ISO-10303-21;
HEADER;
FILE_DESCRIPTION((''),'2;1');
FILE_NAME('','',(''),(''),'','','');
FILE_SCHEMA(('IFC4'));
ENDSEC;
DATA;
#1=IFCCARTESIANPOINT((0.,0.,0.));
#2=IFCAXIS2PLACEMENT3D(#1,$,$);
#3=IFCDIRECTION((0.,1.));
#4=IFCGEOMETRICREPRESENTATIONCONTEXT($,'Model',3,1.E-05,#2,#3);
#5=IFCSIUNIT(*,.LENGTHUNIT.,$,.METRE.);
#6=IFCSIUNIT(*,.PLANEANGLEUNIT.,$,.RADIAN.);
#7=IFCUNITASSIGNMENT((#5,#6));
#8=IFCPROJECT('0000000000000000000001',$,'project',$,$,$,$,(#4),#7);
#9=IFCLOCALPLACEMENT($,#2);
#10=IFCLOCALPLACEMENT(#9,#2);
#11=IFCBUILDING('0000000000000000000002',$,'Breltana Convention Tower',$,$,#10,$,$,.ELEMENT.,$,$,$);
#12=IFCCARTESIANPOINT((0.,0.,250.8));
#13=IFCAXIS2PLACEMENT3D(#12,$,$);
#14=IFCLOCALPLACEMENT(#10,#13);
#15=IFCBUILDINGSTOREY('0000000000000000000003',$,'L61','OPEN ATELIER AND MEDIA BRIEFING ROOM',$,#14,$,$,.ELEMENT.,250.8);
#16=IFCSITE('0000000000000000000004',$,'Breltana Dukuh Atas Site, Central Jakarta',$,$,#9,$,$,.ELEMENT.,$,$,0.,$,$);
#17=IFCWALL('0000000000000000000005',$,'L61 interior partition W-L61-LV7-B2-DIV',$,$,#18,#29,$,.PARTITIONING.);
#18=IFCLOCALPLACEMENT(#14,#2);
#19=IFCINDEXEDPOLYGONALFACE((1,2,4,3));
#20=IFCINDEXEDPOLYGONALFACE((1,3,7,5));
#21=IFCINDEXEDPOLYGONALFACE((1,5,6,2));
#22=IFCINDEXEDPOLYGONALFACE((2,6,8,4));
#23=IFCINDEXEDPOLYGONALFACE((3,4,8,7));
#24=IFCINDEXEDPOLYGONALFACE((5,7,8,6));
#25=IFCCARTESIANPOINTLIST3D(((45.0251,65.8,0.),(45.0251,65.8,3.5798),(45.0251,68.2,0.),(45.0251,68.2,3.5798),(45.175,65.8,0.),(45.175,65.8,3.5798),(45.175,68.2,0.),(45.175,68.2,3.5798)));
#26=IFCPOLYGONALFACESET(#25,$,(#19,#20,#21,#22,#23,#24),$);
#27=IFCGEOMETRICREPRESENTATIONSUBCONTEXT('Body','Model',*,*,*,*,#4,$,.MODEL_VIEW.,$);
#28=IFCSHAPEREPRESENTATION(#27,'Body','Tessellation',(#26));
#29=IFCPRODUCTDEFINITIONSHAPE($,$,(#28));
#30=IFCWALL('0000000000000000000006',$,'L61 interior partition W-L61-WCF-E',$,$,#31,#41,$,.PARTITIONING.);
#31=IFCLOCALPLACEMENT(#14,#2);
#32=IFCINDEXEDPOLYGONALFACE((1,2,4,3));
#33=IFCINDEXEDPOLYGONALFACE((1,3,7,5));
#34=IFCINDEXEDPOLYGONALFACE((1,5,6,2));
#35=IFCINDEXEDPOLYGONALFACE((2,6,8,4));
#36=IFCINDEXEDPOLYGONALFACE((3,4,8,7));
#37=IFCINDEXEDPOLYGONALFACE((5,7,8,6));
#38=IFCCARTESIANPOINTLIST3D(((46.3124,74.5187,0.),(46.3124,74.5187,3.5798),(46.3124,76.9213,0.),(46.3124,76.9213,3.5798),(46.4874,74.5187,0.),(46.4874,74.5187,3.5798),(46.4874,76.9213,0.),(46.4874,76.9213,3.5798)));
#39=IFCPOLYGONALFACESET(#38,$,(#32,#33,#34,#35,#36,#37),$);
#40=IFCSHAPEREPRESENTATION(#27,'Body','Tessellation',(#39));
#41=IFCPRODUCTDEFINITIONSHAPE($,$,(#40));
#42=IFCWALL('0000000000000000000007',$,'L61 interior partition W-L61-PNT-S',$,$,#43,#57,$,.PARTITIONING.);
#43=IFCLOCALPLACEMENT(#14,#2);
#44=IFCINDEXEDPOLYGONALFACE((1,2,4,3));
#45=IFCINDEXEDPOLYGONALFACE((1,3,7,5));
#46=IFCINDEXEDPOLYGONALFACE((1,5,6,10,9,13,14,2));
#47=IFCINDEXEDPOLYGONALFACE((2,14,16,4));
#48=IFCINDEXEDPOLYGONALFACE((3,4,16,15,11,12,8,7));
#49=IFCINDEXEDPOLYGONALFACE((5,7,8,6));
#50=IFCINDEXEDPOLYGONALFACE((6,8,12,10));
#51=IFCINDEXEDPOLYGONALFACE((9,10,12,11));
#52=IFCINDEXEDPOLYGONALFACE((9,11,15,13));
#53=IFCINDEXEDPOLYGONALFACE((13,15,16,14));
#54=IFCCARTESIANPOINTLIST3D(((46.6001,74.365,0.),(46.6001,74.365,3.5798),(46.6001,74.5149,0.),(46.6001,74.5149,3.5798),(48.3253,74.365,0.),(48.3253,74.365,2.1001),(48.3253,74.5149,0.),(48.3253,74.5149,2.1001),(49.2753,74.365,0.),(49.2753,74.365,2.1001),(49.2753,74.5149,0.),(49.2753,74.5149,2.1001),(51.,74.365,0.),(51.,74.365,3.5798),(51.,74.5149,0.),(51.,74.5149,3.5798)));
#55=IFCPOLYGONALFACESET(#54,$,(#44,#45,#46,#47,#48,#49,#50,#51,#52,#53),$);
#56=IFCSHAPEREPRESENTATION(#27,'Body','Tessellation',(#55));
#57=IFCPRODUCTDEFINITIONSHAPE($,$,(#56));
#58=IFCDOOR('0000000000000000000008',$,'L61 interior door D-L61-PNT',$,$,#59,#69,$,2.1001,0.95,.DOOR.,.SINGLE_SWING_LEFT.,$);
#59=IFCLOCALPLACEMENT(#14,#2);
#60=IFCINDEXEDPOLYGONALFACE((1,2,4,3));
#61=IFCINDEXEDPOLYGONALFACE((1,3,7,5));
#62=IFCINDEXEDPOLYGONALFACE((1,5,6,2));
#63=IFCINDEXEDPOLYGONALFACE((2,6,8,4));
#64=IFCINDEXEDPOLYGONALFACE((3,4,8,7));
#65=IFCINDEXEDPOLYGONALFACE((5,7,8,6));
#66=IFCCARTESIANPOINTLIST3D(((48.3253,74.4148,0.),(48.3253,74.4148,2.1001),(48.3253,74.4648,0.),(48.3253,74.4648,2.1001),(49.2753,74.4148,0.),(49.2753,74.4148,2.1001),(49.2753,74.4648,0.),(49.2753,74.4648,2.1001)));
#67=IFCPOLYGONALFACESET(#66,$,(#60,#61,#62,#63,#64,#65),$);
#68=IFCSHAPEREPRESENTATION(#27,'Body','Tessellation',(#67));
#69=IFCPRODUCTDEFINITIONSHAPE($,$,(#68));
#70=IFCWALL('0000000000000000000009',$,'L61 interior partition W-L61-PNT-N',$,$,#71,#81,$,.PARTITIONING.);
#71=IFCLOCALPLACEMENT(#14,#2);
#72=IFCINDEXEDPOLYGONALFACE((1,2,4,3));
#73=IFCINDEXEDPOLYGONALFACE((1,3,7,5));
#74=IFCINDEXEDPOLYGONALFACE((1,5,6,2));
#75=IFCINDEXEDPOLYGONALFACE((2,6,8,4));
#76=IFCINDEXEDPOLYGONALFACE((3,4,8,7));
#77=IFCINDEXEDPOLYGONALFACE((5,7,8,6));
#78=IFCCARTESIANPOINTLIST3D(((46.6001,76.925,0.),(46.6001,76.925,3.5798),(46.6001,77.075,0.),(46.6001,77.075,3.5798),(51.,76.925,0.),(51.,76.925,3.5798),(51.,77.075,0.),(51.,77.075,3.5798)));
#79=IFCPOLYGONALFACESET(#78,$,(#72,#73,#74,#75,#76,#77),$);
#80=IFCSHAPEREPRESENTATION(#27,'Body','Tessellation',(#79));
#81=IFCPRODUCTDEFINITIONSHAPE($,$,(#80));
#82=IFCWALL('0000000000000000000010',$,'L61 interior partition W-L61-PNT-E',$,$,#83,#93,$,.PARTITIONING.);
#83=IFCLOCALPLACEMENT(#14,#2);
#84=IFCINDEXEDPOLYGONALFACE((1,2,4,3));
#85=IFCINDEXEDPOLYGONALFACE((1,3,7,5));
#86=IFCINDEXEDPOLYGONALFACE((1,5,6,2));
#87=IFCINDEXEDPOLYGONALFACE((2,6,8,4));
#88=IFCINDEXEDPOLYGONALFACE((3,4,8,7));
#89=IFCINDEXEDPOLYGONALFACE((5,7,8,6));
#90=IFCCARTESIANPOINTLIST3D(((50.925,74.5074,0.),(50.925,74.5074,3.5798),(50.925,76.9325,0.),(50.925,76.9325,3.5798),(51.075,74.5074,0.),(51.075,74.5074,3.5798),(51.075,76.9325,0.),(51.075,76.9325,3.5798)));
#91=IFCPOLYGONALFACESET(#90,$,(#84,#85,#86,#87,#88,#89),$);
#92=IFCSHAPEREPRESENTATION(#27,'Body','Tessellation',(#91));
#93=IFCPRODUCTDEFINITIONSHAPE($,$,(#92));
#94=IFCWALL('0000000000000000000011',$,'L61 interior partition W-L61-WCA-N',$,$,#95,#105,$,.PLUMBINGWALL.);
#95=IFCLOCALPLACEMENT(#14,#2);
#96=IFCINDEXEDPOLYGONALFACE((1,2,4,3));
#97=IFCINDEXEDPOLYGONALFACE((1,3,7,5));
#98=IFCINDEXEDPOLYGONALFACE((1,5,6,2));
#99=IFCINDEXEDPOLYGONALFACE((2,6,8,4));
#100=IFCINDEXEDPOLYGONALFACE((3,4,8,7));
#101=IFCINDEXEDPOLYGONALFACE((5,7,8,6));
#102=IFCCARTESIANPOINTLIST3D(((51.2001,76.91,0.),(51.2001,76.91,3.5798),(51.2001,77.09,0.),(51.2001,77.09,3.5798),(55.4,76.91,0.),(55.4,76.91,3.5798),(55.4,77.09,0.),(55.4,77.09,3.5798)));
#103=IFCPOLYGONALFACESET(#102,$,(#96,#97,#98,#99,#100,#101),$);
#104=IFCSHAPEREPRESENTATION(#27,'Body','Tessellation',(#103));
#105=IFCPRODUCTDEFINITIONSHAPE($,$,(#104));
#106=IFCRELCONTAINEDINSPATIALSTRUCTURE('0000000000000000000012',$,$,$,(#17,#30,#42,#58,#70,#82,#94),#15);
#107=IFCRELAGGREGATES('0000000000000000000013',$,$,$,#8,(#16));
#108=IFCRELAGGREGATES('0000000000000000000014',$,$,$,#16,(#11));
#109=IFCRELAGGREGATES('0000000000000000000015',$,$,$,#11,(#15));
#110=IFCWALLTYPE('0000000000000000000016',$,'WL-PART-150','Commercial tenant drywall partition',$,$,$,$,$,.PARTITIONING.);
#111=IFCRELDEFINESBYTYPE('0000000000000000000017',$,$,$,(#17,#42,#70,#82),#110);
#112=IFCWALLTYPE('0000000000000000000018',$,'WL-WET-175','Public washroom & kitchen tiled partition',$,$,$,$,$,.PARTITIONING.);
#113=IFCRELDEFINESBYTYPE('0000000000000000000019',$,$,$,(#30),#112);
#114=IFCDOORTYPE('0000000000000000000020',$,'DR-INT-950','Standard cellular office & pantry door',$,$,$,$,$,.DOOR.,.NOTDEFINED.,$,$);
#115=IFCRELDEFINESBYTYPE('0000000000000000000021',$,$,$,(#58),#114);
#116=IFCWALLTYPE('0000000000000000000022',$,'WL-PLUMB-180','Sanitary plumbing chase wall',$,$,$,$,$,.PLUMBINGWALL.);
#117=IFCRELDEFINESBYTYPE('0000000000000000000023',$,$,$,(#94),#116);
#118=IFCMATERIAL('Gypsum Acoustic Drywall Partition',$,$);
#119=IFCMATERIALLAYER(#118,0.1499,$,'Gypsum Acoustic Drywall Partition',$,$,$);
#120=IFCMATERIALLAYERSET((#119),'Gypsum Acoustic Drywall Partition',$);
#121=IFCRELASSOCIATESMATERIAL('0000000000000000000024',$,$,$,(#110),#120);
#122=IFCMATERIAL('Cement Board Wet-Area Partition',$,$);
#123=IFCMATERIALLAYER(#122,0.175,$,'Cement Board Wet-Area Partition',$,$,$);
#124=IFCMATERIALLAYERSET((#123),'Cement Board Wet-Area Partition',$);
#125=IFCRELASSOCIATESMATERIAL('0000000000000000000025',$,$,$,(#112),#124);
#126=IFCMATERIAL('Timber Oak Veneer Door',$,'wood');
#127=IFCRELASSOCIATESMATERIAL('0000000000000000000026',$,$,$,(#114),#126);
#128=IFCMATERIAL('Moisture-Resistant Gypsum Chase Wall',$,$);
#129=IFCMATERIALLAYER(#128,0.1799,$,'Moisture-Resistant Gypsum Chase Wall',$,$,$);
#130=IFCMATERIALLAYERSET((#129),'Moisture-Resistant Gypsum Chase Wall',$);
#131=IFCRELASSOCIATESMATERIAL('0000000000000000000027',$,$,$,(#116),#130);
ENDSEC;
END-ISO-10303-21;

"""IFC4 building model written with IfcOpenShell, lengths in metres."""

from ifc_helpers import new_model, si_unit, direction, frame, frame_2d, origin, place, context, subcontext, project, spatial, rectangle, extrude, source, transform, mapped, material, layer, layer_set, type_object, type_shapes, element, fill, save


model = new_model("IFC4")

# Units and contexts
model_context = context("Model", 3, precision=1e-05, world=origin(), true_north=direction((0.0, 1.0)))
body_context = subcontext(model_context, "Body", "Model", "MODEL_VIEW")
ifc_project = project(units=[si_unit("LENGTHUNIT", "METRE"), si_unit("PLANEANGLEUNIT", "RADIAN")], contexts=[model_context])

# Site, building, storey
site_placement = place(None, origin())
site = spatial("IfcSite", under=ifc_project, at=site_placement, Name="Breltana Dukuh Atas Site, Central Jakarta", CompositionType="ELEMENT", RefElevation=0.0)
building_placement = place(site_placement, origin())
building = spatial("IfcBuilding", under=site, at=building_placement, Name="Breltana Convention Tower", CompositionType="ELEMENT")
storey_placement = place(building_placement, frame((0.0, 0.0, 250.8)))
storey = spatial("IfcBuildingStorey", under=building, at=storey_placement, Name="L61", Description="OPEN ATELIER AND MEDIA BRIEFING ROOM", CompositionType="ELEMENT", Elevation=250.8)

# Walls
ifc_material_1 = material(Name="Gypsum Acoustic Drywall Partition")
ifc_layer_1 = layer(ifc_material_1, 0.1499, Name="Gypsum Acoustic Drywall Partition")
ifc_layer_set_1 = layer_set([ifc_layer_1], Name="Gypsum Acoustic Drywall Partition")
wall_type_1 = type_object("IfcWallType", Name="WL-PART-150", Description="Commercial tenant drywall partition", PredefinedType="PARTITIONING", material=ifc_layer_set_1)
shared_shape_1 = source(origin(), body_context, "Body", "SweptSolid", [
    extrude(rectangle(XDim=2.3999, YDim=0.1499, at=frame_2d((1.2, 0.0))), origin(), (0.0, 0.0, 1.0), 3.5798),
])
wall_1_placement = place(storey_placement, frame((45.1001, 65.8, 0.0), z_axis=(0.0, 0.0, 1.0), x_axis=(0.0, 1.0, 0.0)))
element("IfcWall", 1, at=wall_1_placement, inside=storey, type_object=wall_type_1, Name="L61 interior partition W-L61-LV7-B2-DIV", PredefinedType="PARTITIONING", context=body_context, shape_type="MappedRepresentation", body=[
    mapped(shared_shape_1, transform((0.0, 0.0, 0.0), scale=1.0)),
])
ifc_material_2 = material(Name="Cement Board Wet-Area Partition")
ifc_layer_2 = layer(ifc_material_2, 0.175, Name="Cement Board Wet-Area Partition")
ifc_layer_set_2 = layer_set([ifc_layer_2], Name="Cement Board Wet-Area Partition")
wall_type_2 = type_object("IfcWallType", Name="WL-WET-175", Description="Public washroom & kitchen tiled partition", PredefinedType="PARTITIONING", material=ifc_layer_set_2)
shared_shape_2 = source(origin(), body_context, "Body", "SweptSolid", [
    extrude(rectangle(XDim=2.4026, YDim=0.175, at=frame_2d((1.2012, 0.0))), origin(), (0.0, 0.0, 1.0), 3.5798),
])
wall_2_placement = place(storey_placement, frame((46.3999, 74.5188, 0.0), z_axis=(0.0, 0.0, 1.0), x_axis=(0.0, 1.0, 0.0)))
element("IfcWall", 2, at=wall_2_placement, inside=storey, type_object=wall_type_2, Name="L61 interior partition W-L61-WCF-E", PredefinedType="PARTITIONING", context=body_context, shape_type="MappedRepresentation", body=[
    mapped(shared_shape_2, transform((0.0, 0.0, 0.0), scale=1.0)),
])

# Wall, opening, door
shared_shape_3 = source(origin(), body_context, "Body", "SweptSolid", [
    extrude(rectangle(XDim=4.3999, YDim=0.1499, at=frame_2d((2.2, 0.0))), origin(), (0.0, 0.0, 1.0), 3.5798),
])
wall_3_placement = place(storey_placement, frame((46.6001, 74.4399, 0.0), z_axis=(0.0, 0.0, 1.0), x_axis=(1.0, 0.0, 0.0)))
wall_3 = element("IfcWall", 3, at=wall_3_placement, inside=storey, type_object=wall_type_1, Name="L61 interior partition W-L61-PNT-S", PredefinedType="PARTITIONING", context=body_context, shape_type="MappedRepresentation", body=[
    mapped(shared_shape_3, transform((0.0, 0.0, 0.0), scale=1.0)),
])
opening_1_placement = place(wall_3_placement, frame((1.7251, 0.0, 0.0)))
opening_1 = element("IfcOpeningElement", 4, at=opening_1_placement, cuts=wall_3, PredefinedType="OPENING", context=body_context, shape_type="SweptSolid", body=[
    extrude(rectangle(XDim=0.95, YDim=2.1001, at=frame_2d((0.4751, 1.05))), frame((0.0, 0.085, 0.0), z_axis=(0.0, -1.0, 0.0), x_axis=(1.0, 0.0, 0.0)), (0.0, 0.0, 1.0), 0.1699),
])
ifc_material_3 = material(Name="Timber Oak Veneer Door", Category="wood")
door_type_1 = type_object("IfcDoorType", Name="DR-INT-950", Description="Standard cellular office & pantry door", OperationType="NOTDEFINED", PredefinedType="DOOR", material=ifc_material_3)
shared_shape_4 = source(origin(), body_context, "Body", "SweptSolid", [
    extrude(rectangle(XDim=0.95, YDim=2.1001, at=frame_2d((0.4751, 1.05))), frame((0.0, 0.0249, 0.0), z_axis=(0.0, -1.0, 0.0), x_axis=(1.0, 0.0, 0.0)), (0.0, 0.0, 1.0), 0.05),
])
type_shapes(door_type_1, [shared_shape_4])
door_1_placement = place(opening_1_placement, origin())
door_1 = element("IfcDoor", 5, at=door_1_placement, inside=storey, type_object=door_type_1, Name="L61 interior door D-L61-PNT", OperationType="SINGLE_SWING_LEFT", OverallHeight=2.1001, OverallWidth=0.95, PredefinedType="DOOR", context=body_context, shape_type="MappedRepresentation", body=[
    mapped(shared_shape_4, transform((0.0, 0.0, 0.0), scale=1.0)),
])
fill(opening_1, door_1)

# Walls
wall_4_placement = place(storey_placement, frame((46.6001, 77.0, 0.0), z_axis=(0.0, 0.0, 1.0), x_axis=(1.0, 0.0, 0.0)))
element("IfcWall", 6, at=wall_4_placement, inside=storey, type_object=wall_type_1, Name="L61 interior partition W-L61-PNT-N", PredefinedType="PARTITIONING", context=body_context, shape_type="MappedRepresentation", body=[
    mapped(shared_shape_3, transform((0.0, 0.0, 0.0), scale=1.0)),
])
shared_shape_5 = source(origin(), body_context, "Body", "SweptSolid", [
    extrude(rectangle(XDim=2.425, YDim=0.1499, at=frame_2d((1.2124, 0.0))), origin(), (0.0, 0.0, 1.0), 3.5798),
])
wall_5_placement = place(storey_placement, frame((51.0, 74.5076, 0.0), z_axis=(0.0, 0.0, 1.0), x_axis=(0.0, 1.0, 0.0)))
element("IfcWall", 7, at=wall_5_placement, inside=storey, type_object=wall_type_1, Name="L61 interior partition W-L61-PNT-E", PredefinedType="PARTITIONING", context=body_context, shape_type="MappedRepresentation", body=[
    mapped(shared_shape_5, transform((0.0, 0.0, 0.0), scale=1.0)),
])

# Wall
ifc_material_4 = material(Name="Moisture-Resistant Gypsum Chase Wall")
ifc_layer_3 = layer(ifc_material_4, 0.1799, Name="Moisture-Resistant Gypsum Chase Wall")
ifc_layer_set_3 = layer_set([ifc_layer_3], Name="Moisture-Resistant Gypsum Chase Wall")
wall_type_3 = type_object("IfcWallType", Name="WL-PLUMB-180", Description="Sanitary plumbing chase wall", PredefinedType="PLUMBINGWALL", material=ifc_layer_set_3)
shared_shape_6 = source(origin(), body_context, "Body", "SweptSolid", [
    extrude(rectangle(XDim=4.2, YDim=0.1799, at=frame_2d((2.1001, 0.0))), origin(), (0.0, 0.0, 1.0), 3.5798),
])
wall_6_placement = place(storey_placement, frame((51.2, 77.0, 0.0), z_axis=(0.0, 0.0, 1.0), x_axis=(1.0, 0.0, 0.0)))
element("IfcWall", 8, at=wall_6_placement, inside=storey, type_object=wall_type_3, Name="L61 interior partition W-L61-WCA-N", PredefinedType="PLUMBINGWALL", context=body_context, shape_type="MappedRepresentation", body=[
    mapped(shared_shape_6, transform((0.0, 0.0, 0.0), scale=1.0)),
])

save(model, "model.ifc")
